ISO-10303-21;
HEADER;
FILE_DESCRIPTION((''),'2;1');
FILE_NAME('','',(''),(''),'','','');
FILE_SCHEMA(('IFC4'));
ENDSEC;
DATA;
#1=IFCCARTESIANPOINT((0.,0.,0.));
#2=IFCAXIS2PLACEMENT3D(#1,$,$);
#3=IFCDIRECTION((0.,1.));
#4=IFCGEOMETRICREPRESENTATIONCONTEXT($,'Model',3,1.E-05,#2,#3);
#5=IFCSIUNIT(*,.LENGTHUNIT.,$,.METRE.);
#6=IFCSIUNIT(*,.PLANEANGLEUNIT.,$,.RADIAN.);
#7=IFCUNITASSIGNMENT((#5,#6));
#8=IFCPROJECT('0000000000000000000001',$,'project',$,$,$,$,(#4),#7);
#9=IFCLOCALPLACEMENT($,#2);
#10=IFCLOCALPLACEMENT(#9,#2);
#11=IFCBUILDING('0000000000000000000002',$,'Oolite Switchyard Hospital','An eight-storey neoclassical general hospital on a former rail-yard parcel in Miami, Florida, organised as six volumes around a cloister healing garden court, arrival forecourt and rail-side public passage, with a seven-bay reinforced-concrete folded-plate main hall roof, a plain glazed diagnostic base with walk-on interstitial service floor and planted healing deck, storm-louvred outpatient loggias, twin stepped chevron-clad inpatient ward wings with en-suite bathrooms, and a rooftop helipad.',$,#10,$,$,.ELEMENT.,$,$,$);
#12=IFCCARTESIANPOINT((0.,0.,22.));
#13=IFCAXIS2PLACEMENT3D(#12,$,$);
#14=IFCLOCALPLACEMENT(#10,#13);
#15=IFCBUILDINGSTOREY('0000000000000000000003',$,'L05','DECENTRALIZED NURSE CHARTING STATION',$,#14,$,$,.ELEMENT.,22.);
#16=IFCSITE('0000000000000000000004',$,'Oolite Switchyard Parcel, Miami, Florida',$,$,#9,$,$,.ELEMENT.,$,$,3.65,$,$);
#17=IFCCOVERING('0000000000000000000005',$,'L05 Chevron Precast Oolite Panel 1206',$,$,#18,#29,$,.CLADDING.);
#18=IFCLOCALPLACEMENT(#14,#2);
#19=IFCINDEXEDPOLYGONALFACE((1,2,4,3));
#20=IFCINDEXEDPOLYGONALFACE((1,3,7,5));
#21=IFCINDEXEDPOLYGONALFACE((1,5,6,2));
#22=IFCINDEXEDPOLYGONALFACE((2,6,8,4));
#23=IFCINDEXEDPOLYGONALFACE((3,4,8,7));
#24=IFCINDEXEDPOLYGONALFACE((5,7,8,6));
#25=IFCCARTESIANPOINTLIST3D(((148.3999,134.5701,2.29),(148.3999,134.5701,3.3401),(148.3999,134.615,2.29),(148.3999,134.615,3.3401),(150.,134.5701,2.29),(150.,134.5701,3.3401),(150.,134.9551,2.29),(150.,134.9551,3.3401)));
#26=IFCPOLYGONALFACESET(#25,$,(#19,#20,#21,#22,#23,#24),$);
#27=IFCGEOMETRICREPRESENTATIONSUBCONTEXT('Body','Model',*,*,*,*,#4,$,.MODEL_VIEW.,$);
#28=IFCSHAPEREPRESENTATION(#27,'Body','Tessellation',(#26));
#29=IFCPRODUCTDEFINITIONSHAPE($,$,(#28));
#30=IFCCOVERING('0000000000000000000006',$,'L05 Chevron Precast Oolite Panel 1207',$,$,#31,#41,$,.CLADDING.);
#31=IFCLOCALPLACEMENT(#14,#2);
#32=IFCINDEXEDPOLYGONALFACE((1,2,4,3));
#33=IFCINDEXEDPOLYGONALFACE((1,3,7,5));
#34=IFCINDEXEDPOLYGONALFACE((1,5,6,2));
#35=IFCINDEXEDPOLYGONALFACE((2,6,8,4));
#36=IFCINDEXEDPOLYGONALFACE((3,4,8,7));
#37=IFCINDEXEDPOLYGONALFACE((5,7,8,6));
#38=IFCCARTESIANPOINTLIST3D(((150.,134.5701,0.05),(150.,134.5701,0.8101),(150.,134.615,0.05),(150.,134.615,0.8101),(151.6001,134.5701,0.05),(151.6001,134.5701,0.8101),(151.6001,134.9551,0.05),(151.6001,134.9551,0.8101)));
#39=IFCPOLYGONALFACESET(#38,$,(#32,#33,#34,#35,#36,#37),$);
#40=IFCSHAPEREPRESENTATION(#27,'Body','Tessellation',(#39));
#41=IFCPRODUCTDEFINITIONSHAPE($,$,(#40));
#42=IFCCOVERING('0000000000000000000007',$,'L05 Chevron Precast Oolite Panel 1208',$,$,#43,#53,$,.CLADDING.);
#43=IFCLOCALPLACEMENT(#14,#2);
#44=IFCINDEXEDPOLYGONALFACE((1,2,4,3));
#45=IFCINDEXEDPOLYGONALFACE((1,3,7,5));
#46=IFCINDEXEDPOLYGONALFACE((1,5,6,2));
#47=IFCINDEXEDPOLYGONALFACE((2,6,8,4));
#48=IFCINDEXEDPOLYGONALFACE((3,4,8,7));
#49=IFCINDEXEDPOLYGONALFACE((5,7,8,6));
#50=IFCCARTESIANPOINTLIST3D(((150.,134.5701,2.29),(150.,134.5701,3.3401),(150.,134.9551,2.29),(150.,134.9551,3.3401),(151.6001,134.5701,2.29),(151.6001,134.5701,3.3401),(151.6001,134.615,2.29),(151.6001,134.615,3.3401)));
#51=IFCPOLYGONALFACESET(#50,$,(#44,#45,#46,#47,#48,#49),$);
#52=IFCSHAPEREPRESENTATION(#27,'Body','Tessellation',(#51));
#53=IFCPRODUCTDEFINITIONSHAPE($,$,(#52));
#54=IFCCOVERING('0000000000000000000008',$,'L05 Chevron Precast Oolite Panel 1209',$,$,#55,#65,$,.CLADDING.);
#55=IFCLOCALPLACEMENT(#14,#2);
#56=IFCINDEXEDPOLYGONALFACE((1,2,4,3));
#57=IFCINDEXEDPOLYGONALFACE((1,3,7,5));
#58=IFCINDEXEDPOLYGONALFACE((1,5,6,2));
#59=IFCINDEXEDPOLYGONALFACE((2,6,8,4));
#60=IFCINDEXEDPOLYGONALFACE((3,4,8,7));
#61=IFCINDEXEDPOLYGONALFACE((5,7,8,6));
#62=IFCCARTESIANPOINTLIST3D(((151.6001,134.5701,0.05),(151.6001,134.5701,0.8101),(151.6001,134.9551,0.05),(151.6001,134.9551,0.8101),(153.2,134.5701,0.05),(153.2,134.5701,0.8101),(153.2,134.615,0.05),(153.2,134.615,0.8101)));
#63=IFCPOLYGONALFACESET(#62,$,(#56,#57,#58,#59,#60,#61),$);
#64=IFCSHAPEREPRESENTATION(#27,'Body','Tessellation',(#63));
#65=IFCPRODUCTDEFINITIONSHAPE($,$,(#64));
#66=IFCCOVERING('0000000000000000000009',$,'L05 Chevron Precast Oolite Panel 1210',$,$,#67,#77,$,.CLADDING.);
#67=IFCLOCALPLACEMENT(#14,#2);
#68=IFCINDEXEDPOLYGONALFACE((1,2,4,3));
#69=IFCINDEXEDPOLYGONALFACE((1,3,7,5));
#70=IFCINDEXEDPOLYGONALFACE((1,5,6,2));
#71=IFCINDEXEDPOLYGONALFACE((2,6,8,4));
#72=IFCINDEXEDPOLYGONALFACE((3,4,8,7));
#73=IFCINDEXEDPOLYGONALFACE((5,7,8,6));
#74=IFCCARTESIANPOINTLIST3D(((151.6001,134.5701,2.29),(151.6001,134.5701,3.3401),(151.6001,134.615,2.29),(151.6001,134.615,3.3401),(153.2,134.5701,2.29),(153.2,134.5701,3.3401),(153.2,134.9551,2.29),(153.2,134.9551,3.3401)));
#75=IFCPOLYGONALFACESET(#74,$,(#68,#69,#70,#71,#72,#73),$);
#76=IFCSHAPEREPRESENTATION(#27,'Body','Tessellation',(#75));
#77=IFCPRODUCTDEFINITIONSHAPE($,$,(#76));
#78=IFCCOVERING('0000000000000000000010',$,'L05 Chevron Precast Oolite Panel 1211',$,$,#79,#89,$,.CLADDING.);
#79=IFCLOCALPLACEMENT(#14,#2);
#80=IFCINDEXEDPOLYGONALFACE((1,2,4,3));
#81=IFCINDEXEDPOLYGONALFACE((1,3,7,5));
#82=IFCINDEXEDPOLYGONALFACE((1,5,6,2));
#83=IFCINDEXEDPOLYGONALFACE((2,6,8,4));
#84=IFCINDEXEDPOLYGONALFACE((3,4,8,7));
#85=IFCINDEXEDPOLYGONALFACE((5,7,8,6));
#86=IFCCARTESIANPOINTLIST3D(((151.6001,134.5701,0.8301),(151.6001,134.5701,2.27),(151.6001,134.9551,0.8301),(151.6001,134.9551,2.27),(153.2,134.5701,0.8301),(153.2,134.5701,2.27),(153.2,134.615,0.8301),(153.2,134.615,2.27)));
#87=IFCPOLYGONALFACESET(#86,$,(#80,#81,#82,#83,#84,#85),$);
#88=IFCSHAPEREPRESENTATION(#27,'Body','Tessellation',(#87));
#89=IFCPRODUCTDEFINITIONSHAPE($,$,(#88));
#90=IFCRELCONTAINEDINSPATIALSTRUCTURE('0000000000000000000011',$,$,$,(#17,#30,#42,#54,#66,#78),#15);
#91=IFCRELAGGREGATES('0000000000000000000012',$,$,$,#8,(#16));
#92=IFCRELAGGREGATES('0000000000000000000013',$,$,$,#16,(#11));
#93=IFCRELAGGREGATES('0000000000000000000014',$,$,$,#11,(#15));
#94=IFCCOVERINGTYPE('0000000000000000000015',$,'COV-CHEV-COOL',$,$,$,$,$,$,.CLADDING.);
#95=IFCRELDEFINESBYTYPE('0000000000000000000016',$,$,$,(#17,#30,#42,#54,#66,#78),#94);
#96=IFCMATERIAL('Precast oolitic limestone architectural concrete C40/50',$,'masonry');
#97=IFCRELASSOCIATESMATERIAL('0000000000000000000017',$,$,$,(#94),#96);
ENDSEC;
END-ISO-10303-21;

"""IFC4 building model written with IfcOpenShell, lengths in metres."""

from ifc_helpers import new_model, si_unit, direction, frame, origin, place, context, subcontext, project, spatial, polyline, outline, extrude, material, type_object, element, save


model = new_model("IFC4")

# Units and contexts
model_context = context("Model", 3, precision=1e-05, world=origin(), true_north=direction((0.0, 1.0)))
body_context = subcontext(model_context, "Body", "Model", "MODEL_VIEW")
ifc_project = project(units=[si_unit("LENGTHUNIT", "METRE"), si_unit("PLANEANGLEUNIT", "RADIAN")], contexts=[model_context])

# Site, building, storey
site_placement = place(None, origin())
site = spatial("IfcSite", under=ifc_project, at=site_placement, Name="Oolite Switchyard Parcel, Miami, Florida", CompositionType="ELEMENT", RefElevation=3.65)
building_placement = place(site_placement, origin())
building = spatial("IfcBuilding", under=site, at=building_placement, Name="Oolite Switchyard Hospital", Description="An eight-storey neoclassical general hospital on a former rail-yard parcel in Miami, Florida, organised as six volumes around a cloister healing garden court, arrival forecourt and rail-side public passage, with a seven-bay reinforced-concrete folded-plate main hall roof, a plain glazed diagnostic base with walk-on interstitial service floor and planted healing deck, storm-louvred outpatient loggias, twin stepped chevron-clad inpatient ward wings with en-suite bathrooms, and a rooftop helipad.", CompositionType="ELEMENT")
storey_placement = place(building_placement, frame((0.0, 0.0, 22.0)))
storey = spatial("IfcBuildingStorey", under=building, at=storey_placement, Name="L05", Description="DECENTRALIZED NURSE CHARTING STATION", CompositionType="ELEMENT", Elevation=22.0)

# Shared definitions
ifc_material_1 = material(Name="Precast oolitic limestone architectural concrete C40/50", Category="masonry")

# Coverings
covering_type = type_object("IfcCoveringType", Name="COV-CHEV-COOL", PredefinedType="CLADDING", material=ifc_material_1)
covering_1_placement = place(storey_placement, frame((148.3999, 134.5701, 2.29), z_axis=(0.0, 0.0, 1.0), x_axis=(1.0, 0.0, 0.0)))
element("IfcCovering", 1, at=covering_1_placement, inside=storey, type_object=covering_type, Name="L05 Chevron Precast Oolite Panel 1206", PredefinedType="CLADDING", context=body_context, shape_type="SweptSolid", body=[
    extrude(outline(polyline([(0.0, 0.0), (1.6001, 0.0), (1.6001, 0.385), (0.0, 0.0449), (0.0, 0.0)])), origin(), (0.0, 0.0, 1.0), 1.05),
])
covering_2_placement = place(storey_placement, frame((150.0, 134.5701, 0.05), z_axis=(0.0, 0.0, 1.0), x_axis=(1.0, 0.0, 0.0)))
element("IfcCovering", 2, at=covering_2_placement, inside=storey, type_object=covering_type, Name="L05 Chevron Precast Oolite Panel 1207", PredefinedType="CLADDING", context=body_context, shape_type="SweptSolid", body=[
    extrude(outline(polyline([(0.0, 0.0), (1.6001, 0.0), (1.6001, 0.385), (0.0, 0.0449), (0.0, 0.0)])), origin(), (0.0, 0.0, 1.0), 0.76),
])
covering_3_placement = place(storey_placement, frame((150.0, 134.5701, 2.29), z_axis=(0.0, 0.0, 1.0), x_axis=(1.0, 0.0, 0.0)))
element("IfcCovering", 3, at=covering_3_placement, inside=storey, type_object=covering_type, Name="L05 Chevron Precast Oolite Panel 1208", PredefinedType="CLADDING", context=body_context, shape_type="SweptSolid", body=[
    extrude(outline(polyline([(0.0, 0.0), (1.6001, 0.0), (1.6001, 0.0449), (0.0, 0.385), (0.0, 0.0)])), origin(), (0.0, 0.0, 1.0), 1.05),
])
covering_4_placement = place(storey_placement, frame((151.6001, 134.5701, 0.05), z_axis=(0.0, 0.0, 1.0), x_axis=(1.0, 0.0, 0.0)))
element("IfcCovering", 4, at=covering_4_placement, inside=storey, type_object=covering_type, Name="L05 Chevron Precast Oolite Panel 1209", PredefinedType="CLADDING", context=body_context, shape_type="SweptSolid", body=[
    extrude(outline(polyline([(0.0, 0.0), (1.5999, 0.0), (1.5999, 0.0449), (0.0, 0.385), (0.0, 0.0)])), origin(), (0.0, 0.0, 1.0), 0.76),
])
covering_5_placement = place(storey_placement, frame((151.6001, 134.5701, 2.29), z_axis=(0.0, 0.0, 1.0), x_axis=(1.0, 0.0, 0.0)))
element("IfcCovering", 5, at=covering_5_placement, inside=storey, type_object=covering_type, Name="L05 Chevron Precast Oolite Panel 1210", PredefinedType="CLADDING", context=body_context, shape_type="SweptSolid", body=[
    extrude(outline(polyline([(0.0, 0.0), (1.5999, 0.0), (1.5999, 0.385), (0.0, 0.0449), (0.0, 0.0)])), origin(), (0.0, 0.0, 1.0), 1.05),
])
covering_6_placement = place(storey_placement, frame((151.6001, 134.5701, 0.8301), z_axis=(0.0, 0.0, 1.0), x_axis=(1.0, 0.0, 0.0)))
element("IfcCovering", 6, at=covering_6_placement, inside=storey, type_object=covering_type, Name="L05 Chevron Precast Oolite Panel 1211", PredefinedType="CLADDING", context=body_context, shape_type="SweptSolid", body=[
    extrude(outline(polyline([(0.0, 0.0), (1.5999, 0.0), (1.5999, 0.0449), (0.0, 0.385), (0.0, 0.0)])), origin(), (0.0, 0.0, 1.0), 1.4399),
])

save(model, "model.ifc")
